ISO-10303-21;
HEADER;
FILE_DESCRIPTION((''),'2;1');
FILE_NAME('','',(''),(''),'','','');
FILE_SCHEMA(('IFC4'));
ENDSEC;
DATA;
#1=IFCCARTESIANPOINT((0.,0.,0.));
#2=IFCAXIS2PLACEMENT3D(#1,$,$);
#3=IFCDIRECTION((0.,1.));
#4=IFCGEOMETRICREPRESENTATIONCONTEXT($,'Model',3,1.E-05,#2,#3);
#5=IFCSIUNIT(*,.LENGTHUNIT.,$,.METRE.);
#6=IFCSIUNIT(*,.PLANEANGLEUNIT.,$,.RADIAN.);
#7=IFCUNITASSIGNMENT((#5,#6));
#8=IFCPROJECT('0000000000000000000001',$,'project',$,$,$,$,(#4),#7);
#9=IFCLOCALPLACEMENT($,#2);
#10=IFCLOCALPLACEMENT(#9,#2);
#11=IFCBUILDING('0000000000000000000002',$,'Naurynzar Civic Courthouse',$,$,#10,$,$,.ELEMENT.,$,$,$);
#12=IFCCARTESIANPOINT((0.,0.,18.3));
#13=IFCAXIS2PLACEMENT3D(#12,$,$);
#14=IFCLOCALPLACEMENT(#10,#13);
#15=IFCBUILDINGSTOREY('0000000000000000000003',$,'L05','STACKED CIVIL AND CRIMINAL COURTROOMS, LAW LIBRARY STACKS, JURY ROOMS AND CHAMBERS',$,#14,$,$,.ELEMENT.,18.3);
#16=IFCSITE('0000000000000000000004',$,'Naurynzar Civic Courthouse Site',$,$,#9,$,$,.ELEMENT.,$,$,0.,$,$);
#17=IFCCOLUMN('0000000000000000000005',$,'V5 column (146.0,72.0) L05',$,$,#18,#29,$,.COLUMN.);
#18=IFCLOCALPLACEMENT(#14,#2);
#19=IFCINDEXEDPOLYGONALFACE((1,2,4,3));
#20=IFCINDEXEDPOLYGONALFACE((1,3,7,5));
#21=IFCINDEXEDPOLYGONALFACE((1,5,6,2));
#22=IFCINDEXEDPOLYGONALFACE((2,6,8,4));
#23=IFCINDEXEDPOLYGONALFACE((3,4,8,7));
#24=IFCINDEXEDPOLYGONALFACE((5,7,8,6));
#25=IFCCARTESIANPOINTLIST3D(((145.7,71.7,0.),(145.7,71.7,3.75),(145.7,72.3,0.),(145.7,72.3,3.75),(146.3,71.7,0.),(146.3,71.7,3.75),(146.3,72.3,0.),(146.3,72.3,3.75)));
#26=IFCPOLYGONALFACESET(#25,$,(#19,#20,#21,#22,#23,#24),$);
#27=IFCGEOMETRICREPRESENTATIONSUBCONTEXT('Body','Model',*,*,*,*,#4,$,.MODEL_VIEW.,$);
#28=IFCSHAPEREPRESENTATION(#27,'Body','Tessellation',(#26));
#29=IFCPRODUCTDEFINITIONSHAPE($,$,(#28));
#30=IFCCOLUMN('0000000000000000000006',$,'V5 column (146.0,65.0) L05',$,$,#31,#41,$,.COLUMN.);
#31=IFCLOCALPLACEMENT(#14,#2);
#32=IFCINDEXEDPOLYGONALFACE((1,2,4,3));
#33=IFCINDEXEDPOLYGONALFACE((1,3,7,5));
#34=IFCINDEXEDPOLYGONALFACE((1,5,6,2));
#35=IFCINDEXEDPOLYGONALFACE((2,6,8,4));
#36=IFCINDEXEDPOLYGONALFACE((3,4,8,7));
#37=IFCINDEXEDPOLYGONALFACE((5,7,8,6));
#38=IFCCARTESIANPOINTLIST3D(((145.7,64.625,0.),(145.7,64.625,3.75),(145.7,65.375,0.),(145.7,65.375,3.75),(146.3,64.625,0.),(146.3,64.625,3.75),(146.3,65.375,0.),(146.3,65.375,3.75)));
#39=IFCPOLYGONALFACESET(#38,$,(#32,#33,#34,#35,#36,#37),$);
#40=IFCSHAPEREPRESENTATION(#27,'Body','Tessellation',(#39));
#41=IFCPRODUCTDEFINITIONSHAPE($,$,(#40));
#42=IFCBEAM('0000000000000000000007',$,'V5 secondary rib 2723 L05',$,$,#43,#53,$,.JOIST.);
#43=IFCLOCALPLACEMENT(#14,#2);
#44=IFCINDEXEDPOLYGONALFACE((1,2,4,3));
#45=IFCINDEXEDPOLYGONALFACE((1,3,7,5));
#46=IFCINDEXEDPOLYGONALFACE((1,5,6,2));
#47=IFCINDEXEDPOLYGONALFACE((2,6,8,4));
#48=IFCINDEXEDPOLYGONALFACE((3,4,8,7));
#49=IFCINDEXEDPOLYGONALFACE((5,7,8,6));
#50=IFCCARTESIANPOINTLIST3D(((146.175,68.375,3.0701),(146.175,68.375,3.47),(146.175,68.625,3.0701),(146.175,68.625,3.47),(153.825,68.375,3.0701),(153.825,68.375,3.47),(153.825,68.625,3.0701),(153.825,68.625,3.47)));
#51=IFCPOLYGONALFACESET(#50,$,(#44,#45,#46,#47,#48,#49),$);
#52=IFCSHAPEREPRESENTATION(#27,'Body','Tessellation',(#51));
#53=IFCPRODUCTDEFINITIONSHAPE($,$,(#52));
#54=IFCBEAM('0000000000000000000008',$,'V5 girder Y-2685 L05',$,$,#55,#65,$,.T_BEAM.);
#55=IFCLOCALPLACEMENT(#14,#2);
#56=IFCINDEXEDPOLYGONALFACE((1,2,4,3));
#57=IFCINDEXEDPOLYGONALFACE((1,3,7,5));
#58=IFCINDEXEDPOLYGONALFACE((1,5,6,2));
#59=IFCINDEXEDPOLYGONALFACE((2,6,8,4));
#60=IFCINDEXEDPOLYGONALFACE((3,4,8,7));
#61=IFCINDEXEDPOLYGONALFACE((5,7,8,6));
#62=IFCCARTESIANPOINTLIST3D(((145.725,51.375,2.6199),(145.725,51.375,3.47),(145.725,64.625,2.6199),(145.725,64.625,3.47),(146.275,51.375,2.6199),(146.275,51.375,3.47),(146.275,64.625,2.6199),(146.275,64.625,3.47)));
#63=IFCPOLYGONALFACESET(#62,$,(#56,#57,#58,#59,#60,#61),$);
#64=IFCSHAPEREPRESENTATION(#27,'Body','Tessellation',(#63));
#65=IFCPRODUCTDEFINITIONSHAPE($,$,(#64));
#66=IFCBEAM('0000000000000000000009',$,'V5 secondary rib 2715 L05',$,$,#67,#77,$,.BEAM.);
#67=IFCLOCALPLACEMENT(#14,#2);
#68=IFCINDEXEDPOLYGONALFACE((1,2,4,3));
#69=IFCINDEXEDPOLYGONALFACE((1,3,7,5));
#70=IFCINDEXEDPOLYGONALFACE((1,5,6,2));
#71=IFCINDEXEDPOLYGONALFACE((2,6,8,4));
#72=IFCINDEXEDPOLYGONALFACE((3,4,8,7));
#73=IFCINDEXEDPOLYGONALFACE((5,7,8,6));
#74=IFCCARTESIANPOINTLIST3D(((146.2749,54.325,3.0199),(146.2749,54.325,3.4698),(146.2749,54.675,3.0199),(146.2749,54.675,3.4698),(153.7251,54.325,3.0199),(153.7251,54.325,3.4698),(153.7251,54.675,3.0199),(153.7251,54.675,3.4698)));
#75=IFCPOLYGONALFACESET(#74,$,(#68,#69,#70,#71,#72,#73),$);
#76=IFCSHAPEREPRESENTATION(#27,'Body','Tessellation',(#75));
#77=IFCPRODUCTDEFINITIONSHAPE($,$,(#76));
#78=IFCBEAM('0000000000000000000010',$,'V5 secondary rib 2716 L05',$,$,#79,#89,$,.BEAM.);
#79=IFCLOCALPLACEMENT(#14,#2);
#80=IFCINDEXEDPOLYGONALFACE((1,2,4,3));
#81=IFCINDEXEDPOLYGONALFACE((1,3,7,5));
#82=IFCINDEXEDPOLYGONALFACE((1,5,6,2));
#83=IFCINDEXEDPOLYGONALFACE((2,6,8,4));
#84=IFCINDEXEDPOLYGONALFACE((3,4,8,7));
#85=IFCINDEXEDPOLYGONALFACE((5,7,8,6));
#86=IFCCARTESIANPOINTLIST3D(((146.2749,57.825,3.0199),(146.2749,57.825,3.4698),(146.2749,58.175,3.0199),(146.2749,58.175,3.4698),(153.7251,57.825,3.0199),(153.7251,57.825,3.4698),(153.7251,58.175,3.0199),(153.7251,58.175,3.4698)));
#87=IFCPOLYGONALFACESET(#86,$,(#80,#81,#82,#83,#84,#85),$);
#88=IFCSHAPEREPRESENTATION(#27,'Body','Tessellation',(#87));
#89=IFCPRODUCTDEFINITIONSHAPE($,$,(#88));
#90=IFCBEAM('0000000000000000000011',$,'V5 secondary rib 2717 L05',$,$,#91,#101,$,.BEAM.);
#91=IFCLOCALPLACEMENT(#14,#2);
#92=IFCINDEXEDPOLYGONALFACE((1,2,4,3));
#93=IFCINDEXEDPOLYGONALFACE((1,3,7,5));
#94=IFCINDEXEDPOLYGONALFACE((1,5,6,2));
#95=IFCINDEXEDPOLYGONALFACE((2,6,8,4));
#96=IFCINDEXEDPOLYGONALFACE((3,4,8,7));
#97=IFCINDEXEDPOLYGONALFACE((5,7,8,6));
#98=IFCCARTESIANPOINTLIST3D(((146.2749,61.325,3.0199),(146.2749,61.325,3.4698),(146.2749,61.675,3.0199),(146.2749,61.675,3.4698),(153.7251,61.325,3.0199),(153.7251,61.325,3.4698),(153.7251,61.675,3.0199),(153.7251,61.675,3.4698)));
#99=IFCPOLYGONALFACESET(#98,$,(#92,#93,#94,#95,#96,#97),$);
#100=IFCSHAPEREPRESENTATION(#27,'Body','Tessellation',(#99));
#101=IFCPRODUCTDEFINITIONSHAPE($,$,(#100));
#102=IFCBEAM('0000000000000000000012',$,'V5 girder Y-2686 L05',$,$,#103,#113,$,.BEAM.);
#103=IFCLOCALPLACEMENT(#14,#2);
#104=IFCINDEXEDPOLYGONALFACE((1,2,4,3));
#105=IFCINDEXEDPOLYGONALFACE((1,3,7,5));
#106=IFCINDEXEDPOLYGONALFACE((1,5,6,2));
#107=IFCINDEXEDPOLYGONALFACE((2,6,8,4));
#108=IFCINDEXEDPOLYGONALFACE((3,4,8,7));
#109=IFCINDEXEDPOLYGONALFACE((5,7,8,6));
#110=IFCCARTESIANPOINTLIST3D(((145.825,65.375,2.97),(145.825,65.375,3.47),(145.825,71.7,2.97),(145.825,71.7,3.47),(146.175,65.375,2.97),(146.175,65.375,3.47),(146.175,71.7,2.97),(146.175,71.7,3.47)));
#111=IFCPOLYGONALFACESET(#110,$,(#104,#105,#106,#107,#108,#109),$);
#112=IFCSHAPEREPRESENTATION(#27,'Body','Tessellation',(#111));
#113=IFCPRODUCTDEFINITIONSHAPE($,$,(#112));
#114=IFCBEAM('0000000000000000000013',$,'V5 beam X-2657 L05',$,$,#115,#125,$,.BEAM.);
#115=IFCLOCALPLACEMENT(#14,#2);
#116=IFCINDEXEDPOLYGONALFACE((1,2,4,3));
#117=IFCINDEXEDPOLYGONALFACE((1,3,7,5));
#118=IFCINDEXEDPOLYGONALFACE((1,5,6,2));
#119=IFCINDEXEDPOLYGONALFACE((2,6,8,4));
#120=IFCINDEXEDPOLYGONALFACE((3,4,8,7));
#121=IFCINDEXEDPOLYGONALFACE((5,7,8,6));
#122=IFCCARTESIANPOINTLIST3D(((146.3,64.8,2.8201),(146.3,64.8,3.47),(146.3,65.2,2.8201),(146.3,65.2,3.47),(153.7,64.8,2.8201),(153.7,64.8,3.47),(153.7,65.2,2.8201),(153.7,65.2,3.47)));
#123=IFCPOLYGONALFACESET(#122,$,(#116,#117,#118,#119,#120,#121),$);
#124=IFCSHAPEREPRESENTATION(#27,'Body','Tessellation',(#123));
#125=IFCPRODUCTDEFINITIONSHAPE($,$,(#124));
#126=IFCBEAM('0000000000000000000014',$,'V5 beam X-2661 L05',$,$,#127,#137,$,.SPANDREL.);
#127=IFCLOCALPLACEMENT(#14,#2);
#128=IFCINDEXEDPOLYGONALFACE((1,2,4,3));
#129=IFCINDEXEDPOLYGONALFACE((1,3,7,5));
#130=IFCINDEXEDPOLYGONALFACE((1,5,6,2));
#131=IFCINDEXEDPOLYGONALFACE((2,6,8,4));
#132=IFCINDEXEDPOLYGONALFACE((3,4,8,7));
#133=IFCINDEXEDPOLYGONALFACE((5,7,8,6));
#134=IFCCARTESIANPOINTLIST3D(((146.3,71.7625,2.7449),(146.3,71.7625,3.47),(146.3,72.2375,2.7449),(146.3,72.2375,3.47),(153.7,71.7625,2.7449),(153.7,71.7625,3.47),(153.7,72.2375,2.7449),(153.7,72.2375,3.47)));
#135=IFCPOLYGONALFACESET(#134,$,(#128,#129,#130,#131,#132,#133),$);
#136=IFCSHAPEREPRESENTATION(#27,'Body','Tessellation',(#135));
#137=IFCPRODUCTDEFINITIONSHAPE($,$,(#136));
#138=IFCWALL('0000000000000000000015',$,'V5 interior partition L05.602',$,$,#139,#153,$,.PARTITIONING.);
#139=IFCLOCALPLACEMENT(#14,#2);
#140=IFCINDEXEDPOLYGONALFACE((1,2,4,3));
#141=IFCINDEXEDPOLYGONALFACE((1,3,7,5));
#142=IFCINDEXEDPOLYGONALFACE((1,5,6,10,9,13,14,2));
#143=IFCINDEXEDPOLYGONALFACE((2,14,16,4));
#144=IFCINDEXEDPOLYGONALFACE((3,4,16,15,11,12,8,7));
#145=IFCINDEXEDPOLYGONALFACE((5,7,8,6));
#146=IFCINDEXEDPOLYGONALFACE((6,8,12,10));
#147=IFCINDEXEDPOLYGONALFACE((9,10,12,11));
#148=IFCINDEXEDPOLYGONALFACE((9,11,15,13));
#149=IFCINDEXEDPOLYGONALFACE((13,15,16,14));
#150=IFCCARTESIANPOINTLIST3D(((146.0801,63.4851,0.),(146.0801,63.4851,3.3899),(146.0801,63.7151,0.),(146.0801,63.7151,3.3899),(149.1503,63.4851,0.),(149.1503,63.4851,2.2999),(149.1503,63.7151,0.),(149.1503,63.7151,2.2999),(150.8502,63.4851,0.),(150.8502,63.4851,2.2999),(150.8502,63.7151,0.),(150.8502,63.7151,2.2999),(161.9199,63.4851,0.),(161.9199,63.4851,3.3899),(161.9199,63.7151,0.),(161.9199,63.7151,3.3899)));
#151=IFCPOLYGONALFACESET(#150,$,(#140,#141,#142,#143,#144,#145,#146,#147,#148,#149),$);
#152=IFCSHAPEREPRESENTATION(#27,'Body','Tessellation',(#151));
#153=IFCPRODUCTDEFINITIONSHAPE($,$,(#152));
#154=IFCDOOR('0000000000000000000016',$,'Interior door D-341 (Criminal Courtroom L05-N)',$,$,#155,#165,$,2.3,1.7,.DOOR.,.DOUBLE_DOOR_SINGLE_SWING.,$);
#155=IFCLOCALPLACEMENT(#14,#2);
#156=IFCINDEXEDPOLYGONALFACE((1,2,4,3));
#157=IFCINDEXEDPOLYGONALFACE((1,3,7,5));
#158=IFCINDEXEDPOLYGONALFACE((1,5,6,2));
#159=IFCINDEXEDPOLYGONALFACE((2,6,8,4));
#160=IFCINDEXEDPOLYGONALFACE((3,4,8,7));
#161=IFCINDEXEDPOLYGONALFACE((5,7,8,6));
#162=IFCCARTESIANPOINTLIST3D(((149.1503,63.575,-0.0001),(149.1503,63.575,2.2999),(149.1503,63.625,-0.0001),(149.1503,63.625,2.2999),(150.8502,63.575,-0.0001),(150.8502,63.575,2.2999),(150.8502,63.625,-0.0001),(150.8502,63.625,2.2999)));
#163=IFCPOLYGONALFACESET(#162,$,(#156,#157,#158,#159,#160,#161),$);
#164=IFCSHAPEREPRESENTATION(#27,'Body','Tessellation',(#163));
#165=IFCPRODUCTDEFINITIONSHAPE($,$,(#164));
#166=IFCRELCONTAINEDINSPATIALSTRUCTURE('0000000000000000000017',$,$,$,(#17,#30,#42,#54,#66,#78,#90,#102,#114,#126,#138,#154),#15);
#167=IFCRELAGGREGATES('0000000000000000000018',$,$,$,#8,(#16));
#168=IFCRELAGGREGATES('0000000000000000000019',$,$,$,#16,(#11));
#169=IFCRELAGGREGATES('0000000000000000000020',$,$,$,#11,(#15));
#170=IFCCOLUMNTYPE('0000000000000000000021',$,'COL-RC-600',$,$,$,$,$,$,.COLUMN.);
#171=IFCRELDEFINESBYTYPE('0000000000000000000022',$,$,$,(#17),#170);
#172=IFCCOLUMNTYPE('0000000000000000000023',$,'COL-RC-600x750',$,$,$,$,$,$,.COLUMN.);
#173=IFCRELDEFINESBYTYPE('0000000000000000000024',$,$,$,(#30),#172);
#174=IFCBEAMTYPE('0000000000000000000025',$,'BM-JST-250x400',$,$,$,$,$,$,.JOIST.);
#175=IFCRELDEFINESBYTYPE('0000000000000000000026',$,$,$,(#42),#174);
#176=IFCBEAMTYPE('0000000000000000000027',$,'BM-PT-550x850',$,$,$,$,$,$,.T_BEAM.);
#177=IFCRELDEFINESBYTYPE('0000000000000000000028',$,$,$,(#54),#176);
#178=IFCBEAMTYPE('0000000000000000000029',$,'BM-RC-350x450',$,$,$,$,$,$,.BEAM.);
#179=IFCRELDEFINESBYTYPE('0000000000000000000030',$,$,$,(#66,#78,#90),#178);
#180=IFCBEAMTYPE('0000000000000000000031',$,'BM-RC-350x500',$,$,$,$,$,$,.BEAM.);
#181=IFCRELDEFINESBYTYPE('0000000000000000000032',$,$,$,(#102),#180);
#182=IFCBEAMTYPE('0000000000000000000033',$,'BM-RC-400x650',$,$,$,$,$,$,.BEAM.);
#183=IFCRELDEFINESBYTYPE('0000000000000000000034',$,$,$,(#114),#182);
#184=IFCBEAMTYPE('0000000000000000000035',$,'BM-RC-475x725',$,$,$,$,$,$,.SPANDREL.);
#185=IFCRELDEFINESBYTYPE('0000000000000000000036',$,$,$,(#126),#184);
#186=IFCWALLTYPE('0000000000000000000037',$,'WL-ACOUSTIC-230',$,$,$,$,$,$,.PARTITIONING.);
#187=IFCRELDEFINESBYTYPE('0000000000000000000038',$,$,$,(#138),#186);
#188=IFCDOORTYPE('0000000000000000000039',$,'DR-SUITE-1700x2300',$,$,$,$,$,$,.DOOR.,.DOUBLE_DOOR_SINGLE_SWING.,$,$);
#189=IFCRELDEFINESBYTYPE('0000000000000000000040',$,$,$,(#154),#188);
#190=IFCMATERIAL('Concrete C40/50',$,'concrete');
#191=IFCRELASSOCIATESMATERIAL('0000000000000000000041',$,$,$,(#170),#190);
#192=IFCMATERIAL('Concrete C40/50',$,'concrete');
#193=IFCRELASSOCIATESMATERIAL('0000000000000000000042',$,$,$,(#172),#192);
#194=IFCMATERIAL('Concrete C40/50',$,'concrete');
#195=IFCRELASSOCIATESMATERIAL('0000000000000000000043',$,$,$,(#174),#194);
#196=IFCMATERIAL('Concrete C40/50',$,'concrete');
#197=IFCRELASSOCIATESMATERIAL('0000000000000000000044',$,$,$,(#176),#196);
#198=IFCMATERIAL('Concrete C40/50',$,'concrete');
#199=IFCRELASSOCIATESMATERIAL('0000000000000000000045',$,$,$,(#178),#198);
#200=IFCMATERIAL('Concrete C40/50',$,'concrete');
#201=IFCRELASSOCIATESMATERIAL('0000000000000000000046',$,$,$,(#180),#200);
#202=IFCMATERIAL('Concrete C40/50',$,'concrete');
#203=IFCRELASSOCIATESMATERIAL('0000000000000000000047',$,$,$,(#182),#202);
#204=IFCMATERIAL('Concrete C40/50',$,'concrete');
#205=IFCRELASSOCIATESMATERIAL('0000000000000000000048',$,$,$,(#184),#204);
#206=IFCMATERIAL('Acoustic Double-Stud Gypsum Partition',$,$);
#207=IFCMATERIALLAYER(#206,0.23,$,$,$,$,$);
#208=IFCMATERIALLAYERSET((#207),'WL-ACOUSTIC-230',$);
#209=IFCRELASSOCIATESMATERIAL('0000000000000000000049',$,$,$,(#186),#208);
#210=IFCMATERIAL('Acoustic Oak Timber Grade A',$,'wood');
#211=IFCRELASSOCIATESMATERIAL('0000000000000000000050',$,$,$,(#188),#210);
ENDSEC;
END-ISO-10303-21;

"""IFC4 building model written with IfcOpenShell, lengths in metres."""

from ifc_helpers import new_model, si_unit, direction, frame, frame_2d, origin, origin_2d, place, context, subcontext, project, spatial, rectangle, extrude, material, layer, layer_set, material_profile, profile_set, type_object, element, fill, save


model = new_model("IFC4")

# Units and contexts
model_context = context("Model", 3, precision=1e-05, world=origin(), true_north=direction((0.0, 1.0)))
body_context = subcontext(model_context, "Body", "Model", "MODEL_VIEW")
ifc_project = project(units=[si_unit("LENGTHUNIT", "METRE"), si_unit("PLANEANGLEUNIT", "RADIAN")], contexts=[model_context])

# Site, building, storey
site_placement = place(None, origin())
site = spatial("IfcSite", under=ifc_project, at=site_placement, Name="Naurynzar Civic Courthouse Site", CompositionType="ELEMENT", RefElevation=0.0)
building_placement = place(site_placement, origin())
building = spatial("IfcBuilding", under=site, at=building_placement, Name="Naurynzar Civic Courthouse", CompositionType="ELEMENT")
storey_placement = place(building_placement, frame((0.0, 0.0, 18.3)))
storey = spatial("IfcBuildingStorey", under=building, at=storey_placement, Name="L05", Description="STACKED CIVIL AND CRIMINAL COURTROOMS, LAW LIBRARY STACKS, JURY ROOMS AND CHAMBERS", CompositionType="ELEMENT", Elevation=18.3)

# Columns
ifc_material_1 = material(Name="Concrete C40/50", Category="concrete")
ifc_material_profile_1 = material_profile(ifc_material_1, rectangle(XDim=0.6001, YDim=0.6001, at=origin_2d()), Name="RC 600x600")
ifc_profile_set_1 = profile_set([ifc_material_profile_1], Name="Concrete C40/50")
column_type_1 = type_object("IfcColumnType", Name="COL-RC-600", PredefinedType="COLUMN", material=ifc_profile_set_1)
column_1_placement = place(storey_placement, frame((146.0, 72.0, 0.0), z_axis=(0.0, 0.0, 1.0), x_axis=(1.0, 0.0, 0.0)))
element("IfcColumn", 1, at=column_1_placement, inside=storey, type_object=column_type_1, Name="V5 column (146.0,72.0) L05", PredefinedType="COLUMN", context=body_context, shape_type="SweptSolid", body=[
    extrude(rectangle(XDim=0.6001, YDim=0.6001, at=origin_2d()), origin(), (0.0, 0.0, 1.0), 3.75),
])
ifc_material_2 = material(Name="Concrete C40/50", Category="concrete")
ifc_material_profile_2 = material_profile(ifc_material_2, rectangle(XDim=0.6001, YDim=0.75, at=origin_2d()), Name="RC 600x750")
ifc_profile_set_2 = profile_set([ifc_material_profile_2], Name="Concrete C40/50")
column_type_2 = type_object("IfcColumnType", Name="COL-RC-600x750", PredefinedType="COLUMN", material=ifc_profile_set_2)
column_2_placement = place(storey_placement, frame((146.0, 65.0, 0.0), z_axis=(0.0, 0.0, 1.0), x_axis=(1.0, 0.0, 0.0)))
element("IfcColumn", 2, at=column_2_placement, inside=storey, type_object=column_type_2, Name="V5 column (146.0,65.0) L05", PredefinedType="COLUMN", context=body_context, shape_type="SweptSolid", body=[
    extrude(rectangle(XDim=0.6001, YDim=0.75, at=origin_2d()), origin(), (0.0, 0.0, 1.0), 3.75),
])

# Beams
ifc_material_3 = material(Name="Concrete C40/50", Category="concrete")
ifc_material_profile_3 = material_profile(ifc_material_3, rectangle(XDim=0.25, YDim=0.3999, at=origin_2d()), Name="RCB 250x400")
ifc_profile_set_3 = profile_set([ifc_material_profile_3], Name="Concrete C40/50")
beam_type_1 = type_object("IfcBeamType", Name="BM-JST-250x400", PredefinedType="JOIST", material=ifc_profile_set_3)
beam_1_placement = place(storey_placement, frame((146.175, 68.5, 3.27), z_axis=(1.0, 0.0, 0.0), x_axis=(0.0, 1.0, 0.0)))
element("IfcBeam", 3, at=beam_1_placement, inside=storey, type_object=beam_type_1, Name="V5 secondary rib 2723 L05", PredefinedType="JOIST", context=body_context, shape_type="SweptSolid", body=[
    extrude(rectangle(XDim=0.25, YDim=0.3999, at=origin_2d()), origin(), (0.0, 0.0, 1.0), 7.6499),
])
ifc_material_4 = material(Name="Concrete C40/50", Category="concrete")
ifc_material_profile_4 = material_profile(ifc_material_4, rectangle(XDim=0.55, YDim=0.8501, at=origin_2d()), Name="PTB 550x850")
ifc_profile_set_4 = profile_set([ifc_material_profile_4], Name="Concrete C40/50")
beam_type_2 = type_object("IfcBeamType", Name="BM-PT-550x850", PredefinedType="T_BEAM", material=ifc_profile_set_4)
beam_2_placement = place(storey_placement, frame((146.0, 51.375, 3.0449), z_axis=(0.0, 1.0, 0.0), x_axis=(-1.0, 0.0, 0.0)))
element("IfcBeam", 4, at=beam_2_placement, inside=storey, type_object=beam_type_2, Name="V5 girder Y-2685 L05", PredefinedType="T_BEAM", context=body_context, shape_type="SweptSolid", body=[
    extrude(rectangle(XDim=0.55, YDim=0.8501, at=origin_2d()), origin(), (0.0, 0.0, 1.0), 13.25),
])
ifc_material_5 = material(Name="Concrete C40/50", Category="concrete")
ifc_material_profile_5 = material_profile(ifc_material_5, rectangle(XDim=0.3501, YDim=0.45, at=origin_2d()), Name="RCB 350x450")
ifc_profile_set_5 = profile_set([ifc_material_profile_5], Name="Concrete C40/50")
beam_type_3 = type_object("IfcBeamType", Name="BM-RC-350x450", PredefinedType="BEAM", material=ifc_profile_set_5)
for number, where, z_axis, x_axis, name in (
    (5, (146.2749, 54.5, 3.2449), (1.0, 0.0, 0.0), (0.0, 1.0, 0.0), "V5 secondary rib 2715 L05"),
    (6, (146.2749, 58.0, 3.2449), (1.0, 0.0, 0.0), (0.0, 1.0, 0.0), "V5 secondary rib 2716 L05"),
    (7, (146.2749, 61.5, 3.2449), (1.0, 0.0, 0.0), (0.0, 1.0, 0.0), "V5 secondary rib 2717 L05"),
):
    element("IfcBeam", number, at=place(storey_placement, frame(where, z_axis=z_axis, x_axis=x_axis)), inside=storey, type_object=beam_type_3, Name=name, PredefinedType="BEAM", context=body_context, shape_type="SweptSolid", body=[
        extrude(rectangle(XDim=0.3501, YDim=0.45, at=origin_2d()), origin(), (0.0, 0.0, 1.0), 7.4502),
    ])
ifc_material_6 = material(Name="Concrete C40/50", Category="concrete")
ifc_material_profile_6 = material_profile(ifc_material_6, rectangle(XDim=0.3501, YDim=0.5, at=origin_2d()), Name="RCB 350x500")
ifc_profile_set_6 = profile_set([ifc_material_profile_6], Name="Concrete C40/50")
beam_type_4 = type_object("IfcBeamType", Name="BM-RC-350x500", PredefinedType="BEAM", material=ifc_profile_set_6)
beam_3_placement = place(storey_placement, frame((146.0, 65.375, 3.22), z_axis=(0.0, 1.0, 0.0), x_axis=(-1.0, 0.0, 0.0)))
element("IfcBeam", 8, at=beam_3_placement, inside=storey, type_object=beam_type_4, Name="V5 girder Y-2686 L05", PredefinedType="BEAM", context=body_context, shape_type="SweptSolid", body=[
    extrude(rectangle(XDim=0.3501, YDim=0.5, at=origin_2d()), origin(), (0.0, 0.0, 1.0), 6.325),
])
ifc_material_7 = material(Name="Concrete C40/50", Category="concrete")
ifc_material_profile_7 = material_profile(ifc_material_7, rectangle(XDim=0.3999, YDim=0.6499, at=origin_2d()), Name="RCB 400x650")
ifc_profile_set_7 = profile_set([ifc_material_profile_7], Name="Concrete C40/50")
beam_type_5 = type_object("IfcBeamType", Name="BM-RC-400x650", PredefinedType="BEAM", material=ifc_profile_set_7)
beam_4_placement = place(storey_placement, frame((146.3, 65.0, 3.145), z_axis=(1.0, 0.0, 0.0), x_axis=(0.0, 1.0, 0.0)))
element("IfcBeam", 9, at=beam_4_placement, inside=storey, type_object=beam_type_5, Name="V5 beam X-2657 L05", PredefinedType="BEAM", context=body_context, shape_type="SweptSolid", body=[
    extrude(rectangle(XDim=0.3999, YDim=0.6499, at=origin_2d()), origin(), (0.0, 0.0, 1.0), 7.3999),
])
ifc_material_8 = material(Name="Concrete C40/50", Category="concrete")
ifc_material_profile_8 = material_profile(ifc_material_8, rectangle(XDim=0.4751, YDim=0.7251, at=origin_2d()), Name="RCB 475x725")
ifc_profile_set_8 = profile_set([ifc_material_profile_8], Name="Concrete C40/50")
beam_type_6 = type_object("IfcBeamType", Name="BM-RC-475x725", PredefinedType="SPANDREL", material=ifc_profile_set_8)
beam_5_placement = place(storey_placement, frame((146.3, 72.0, 3.1074), z_axis=(1.0, 0.0, 0.0), x_axis=(0.0, 1.0, 0.0)))
element("IfcBeam", 10, at=beam_5_placement, inside=storey, type_object=beam_type_6, Name="V5 beam X-2661 L05", PredefinedType="SPANDREL", context=body_context, shape_type="SweptSolid", body=[
    extrude(rectangle(XDim=0.4751, YDim=0.7251, at=origin_2d()), origin(), (0.0, 0.0, 1.0), 7.3999),
])

# Wall, opening, door
ifc_material_9 = material(Name="Acoustic Double-Stud Gypsum Partition")
ifc_layer_1 = layer(ifc_material_9, 0.23)
ifc_layer_set_1 = layer_set([ifc_layer_1], Name="WL-ACOUSTIC-230")
wall_type_1 = type_object("IfcWallType", Name="WL-ACOUSTIC-230", PredefinedType="PARTITIONING", material=ifc_layer_set_1)
wall_1_placement = place(storey_placement, frame((146.0801, 63.6001, 0.0), z_axis=(0.0, 0.0, 1.0), x_axis=(1.0, 0.0, 0.0)))
wall_1 = element("IfcWall", 11, at=wall_1_placement, inside=storey, type_object=wall_type_1, Name="V5 interior partition L05.602", PredefinedType="PARTITIONING", context=body_context, shape_type="SweptSolid", body=[
    extrude(rectangle(XDim=15.8398, YDim=0.23, at=frame_2d((7.9199, 0.0))), origin(), (0.0, 0.0, 1.0), 3.3899),
])
opening_1_placement = place(wall_1_placement, frame((3.0701, 0.0, 0.0)))
opening_1 = element("IfcOpeningElement", 12, at=opening_1_placement, cuts=wall_1, PredefinedType="OPENING", context=body_context, shape_type="SweptSolid", body=[
    extrude(rectangle(XDim=1.7, YDim=2.3, at=frame_2d((0.8501, 1.1499))), frame((0.0, 0.125, 0.0), z_axis=(0.0, -1.0, 0.0), x_axis=(1.0, 0.0, 0.0)), (0.0, 0.0, 1.0), 0.25),
])
ifc_material_10 = material(Name="Acoustic Oak Timber Grade A", Category="wood")
door_type_1 = type_object("IfcDoorType", Name="DR-SUITE-1700x2300", OperationType="DOUBLE_DOOR_SINGLE_SWING", PredefinedType="DOOR", material=ifc_material_10)
door_1_placement = place(opening_1_placement, origin())
door_1 = element("IfcDoor", 13, at=door_1_placement, inside=storey, type_object=door_type_1, Name="Interior door D-341 (Criminal Courtroom L05-N)", OperationType="DOUBLE_DOOR_SINGLE_SWING", OverallHeight=2.3, OverallWidth=1.7, PredefinedType="DOOR", context=body_context, shape_type="SweptSolid", body=[
    extrude(rectangle(XDim=1.7, YDim=2.3, at=frame_2d((0.8501, 1.1499))), frame((0.0, 0.0249, 0.0), z_axis=(0.0, -1.0, 0.0), x_axis=(1.0, 0.0, 0.0)), (0.0, 0.0, 1.0), 0.05),
])
fill(opening_1, door_1)

save(model, "model.ifc")
